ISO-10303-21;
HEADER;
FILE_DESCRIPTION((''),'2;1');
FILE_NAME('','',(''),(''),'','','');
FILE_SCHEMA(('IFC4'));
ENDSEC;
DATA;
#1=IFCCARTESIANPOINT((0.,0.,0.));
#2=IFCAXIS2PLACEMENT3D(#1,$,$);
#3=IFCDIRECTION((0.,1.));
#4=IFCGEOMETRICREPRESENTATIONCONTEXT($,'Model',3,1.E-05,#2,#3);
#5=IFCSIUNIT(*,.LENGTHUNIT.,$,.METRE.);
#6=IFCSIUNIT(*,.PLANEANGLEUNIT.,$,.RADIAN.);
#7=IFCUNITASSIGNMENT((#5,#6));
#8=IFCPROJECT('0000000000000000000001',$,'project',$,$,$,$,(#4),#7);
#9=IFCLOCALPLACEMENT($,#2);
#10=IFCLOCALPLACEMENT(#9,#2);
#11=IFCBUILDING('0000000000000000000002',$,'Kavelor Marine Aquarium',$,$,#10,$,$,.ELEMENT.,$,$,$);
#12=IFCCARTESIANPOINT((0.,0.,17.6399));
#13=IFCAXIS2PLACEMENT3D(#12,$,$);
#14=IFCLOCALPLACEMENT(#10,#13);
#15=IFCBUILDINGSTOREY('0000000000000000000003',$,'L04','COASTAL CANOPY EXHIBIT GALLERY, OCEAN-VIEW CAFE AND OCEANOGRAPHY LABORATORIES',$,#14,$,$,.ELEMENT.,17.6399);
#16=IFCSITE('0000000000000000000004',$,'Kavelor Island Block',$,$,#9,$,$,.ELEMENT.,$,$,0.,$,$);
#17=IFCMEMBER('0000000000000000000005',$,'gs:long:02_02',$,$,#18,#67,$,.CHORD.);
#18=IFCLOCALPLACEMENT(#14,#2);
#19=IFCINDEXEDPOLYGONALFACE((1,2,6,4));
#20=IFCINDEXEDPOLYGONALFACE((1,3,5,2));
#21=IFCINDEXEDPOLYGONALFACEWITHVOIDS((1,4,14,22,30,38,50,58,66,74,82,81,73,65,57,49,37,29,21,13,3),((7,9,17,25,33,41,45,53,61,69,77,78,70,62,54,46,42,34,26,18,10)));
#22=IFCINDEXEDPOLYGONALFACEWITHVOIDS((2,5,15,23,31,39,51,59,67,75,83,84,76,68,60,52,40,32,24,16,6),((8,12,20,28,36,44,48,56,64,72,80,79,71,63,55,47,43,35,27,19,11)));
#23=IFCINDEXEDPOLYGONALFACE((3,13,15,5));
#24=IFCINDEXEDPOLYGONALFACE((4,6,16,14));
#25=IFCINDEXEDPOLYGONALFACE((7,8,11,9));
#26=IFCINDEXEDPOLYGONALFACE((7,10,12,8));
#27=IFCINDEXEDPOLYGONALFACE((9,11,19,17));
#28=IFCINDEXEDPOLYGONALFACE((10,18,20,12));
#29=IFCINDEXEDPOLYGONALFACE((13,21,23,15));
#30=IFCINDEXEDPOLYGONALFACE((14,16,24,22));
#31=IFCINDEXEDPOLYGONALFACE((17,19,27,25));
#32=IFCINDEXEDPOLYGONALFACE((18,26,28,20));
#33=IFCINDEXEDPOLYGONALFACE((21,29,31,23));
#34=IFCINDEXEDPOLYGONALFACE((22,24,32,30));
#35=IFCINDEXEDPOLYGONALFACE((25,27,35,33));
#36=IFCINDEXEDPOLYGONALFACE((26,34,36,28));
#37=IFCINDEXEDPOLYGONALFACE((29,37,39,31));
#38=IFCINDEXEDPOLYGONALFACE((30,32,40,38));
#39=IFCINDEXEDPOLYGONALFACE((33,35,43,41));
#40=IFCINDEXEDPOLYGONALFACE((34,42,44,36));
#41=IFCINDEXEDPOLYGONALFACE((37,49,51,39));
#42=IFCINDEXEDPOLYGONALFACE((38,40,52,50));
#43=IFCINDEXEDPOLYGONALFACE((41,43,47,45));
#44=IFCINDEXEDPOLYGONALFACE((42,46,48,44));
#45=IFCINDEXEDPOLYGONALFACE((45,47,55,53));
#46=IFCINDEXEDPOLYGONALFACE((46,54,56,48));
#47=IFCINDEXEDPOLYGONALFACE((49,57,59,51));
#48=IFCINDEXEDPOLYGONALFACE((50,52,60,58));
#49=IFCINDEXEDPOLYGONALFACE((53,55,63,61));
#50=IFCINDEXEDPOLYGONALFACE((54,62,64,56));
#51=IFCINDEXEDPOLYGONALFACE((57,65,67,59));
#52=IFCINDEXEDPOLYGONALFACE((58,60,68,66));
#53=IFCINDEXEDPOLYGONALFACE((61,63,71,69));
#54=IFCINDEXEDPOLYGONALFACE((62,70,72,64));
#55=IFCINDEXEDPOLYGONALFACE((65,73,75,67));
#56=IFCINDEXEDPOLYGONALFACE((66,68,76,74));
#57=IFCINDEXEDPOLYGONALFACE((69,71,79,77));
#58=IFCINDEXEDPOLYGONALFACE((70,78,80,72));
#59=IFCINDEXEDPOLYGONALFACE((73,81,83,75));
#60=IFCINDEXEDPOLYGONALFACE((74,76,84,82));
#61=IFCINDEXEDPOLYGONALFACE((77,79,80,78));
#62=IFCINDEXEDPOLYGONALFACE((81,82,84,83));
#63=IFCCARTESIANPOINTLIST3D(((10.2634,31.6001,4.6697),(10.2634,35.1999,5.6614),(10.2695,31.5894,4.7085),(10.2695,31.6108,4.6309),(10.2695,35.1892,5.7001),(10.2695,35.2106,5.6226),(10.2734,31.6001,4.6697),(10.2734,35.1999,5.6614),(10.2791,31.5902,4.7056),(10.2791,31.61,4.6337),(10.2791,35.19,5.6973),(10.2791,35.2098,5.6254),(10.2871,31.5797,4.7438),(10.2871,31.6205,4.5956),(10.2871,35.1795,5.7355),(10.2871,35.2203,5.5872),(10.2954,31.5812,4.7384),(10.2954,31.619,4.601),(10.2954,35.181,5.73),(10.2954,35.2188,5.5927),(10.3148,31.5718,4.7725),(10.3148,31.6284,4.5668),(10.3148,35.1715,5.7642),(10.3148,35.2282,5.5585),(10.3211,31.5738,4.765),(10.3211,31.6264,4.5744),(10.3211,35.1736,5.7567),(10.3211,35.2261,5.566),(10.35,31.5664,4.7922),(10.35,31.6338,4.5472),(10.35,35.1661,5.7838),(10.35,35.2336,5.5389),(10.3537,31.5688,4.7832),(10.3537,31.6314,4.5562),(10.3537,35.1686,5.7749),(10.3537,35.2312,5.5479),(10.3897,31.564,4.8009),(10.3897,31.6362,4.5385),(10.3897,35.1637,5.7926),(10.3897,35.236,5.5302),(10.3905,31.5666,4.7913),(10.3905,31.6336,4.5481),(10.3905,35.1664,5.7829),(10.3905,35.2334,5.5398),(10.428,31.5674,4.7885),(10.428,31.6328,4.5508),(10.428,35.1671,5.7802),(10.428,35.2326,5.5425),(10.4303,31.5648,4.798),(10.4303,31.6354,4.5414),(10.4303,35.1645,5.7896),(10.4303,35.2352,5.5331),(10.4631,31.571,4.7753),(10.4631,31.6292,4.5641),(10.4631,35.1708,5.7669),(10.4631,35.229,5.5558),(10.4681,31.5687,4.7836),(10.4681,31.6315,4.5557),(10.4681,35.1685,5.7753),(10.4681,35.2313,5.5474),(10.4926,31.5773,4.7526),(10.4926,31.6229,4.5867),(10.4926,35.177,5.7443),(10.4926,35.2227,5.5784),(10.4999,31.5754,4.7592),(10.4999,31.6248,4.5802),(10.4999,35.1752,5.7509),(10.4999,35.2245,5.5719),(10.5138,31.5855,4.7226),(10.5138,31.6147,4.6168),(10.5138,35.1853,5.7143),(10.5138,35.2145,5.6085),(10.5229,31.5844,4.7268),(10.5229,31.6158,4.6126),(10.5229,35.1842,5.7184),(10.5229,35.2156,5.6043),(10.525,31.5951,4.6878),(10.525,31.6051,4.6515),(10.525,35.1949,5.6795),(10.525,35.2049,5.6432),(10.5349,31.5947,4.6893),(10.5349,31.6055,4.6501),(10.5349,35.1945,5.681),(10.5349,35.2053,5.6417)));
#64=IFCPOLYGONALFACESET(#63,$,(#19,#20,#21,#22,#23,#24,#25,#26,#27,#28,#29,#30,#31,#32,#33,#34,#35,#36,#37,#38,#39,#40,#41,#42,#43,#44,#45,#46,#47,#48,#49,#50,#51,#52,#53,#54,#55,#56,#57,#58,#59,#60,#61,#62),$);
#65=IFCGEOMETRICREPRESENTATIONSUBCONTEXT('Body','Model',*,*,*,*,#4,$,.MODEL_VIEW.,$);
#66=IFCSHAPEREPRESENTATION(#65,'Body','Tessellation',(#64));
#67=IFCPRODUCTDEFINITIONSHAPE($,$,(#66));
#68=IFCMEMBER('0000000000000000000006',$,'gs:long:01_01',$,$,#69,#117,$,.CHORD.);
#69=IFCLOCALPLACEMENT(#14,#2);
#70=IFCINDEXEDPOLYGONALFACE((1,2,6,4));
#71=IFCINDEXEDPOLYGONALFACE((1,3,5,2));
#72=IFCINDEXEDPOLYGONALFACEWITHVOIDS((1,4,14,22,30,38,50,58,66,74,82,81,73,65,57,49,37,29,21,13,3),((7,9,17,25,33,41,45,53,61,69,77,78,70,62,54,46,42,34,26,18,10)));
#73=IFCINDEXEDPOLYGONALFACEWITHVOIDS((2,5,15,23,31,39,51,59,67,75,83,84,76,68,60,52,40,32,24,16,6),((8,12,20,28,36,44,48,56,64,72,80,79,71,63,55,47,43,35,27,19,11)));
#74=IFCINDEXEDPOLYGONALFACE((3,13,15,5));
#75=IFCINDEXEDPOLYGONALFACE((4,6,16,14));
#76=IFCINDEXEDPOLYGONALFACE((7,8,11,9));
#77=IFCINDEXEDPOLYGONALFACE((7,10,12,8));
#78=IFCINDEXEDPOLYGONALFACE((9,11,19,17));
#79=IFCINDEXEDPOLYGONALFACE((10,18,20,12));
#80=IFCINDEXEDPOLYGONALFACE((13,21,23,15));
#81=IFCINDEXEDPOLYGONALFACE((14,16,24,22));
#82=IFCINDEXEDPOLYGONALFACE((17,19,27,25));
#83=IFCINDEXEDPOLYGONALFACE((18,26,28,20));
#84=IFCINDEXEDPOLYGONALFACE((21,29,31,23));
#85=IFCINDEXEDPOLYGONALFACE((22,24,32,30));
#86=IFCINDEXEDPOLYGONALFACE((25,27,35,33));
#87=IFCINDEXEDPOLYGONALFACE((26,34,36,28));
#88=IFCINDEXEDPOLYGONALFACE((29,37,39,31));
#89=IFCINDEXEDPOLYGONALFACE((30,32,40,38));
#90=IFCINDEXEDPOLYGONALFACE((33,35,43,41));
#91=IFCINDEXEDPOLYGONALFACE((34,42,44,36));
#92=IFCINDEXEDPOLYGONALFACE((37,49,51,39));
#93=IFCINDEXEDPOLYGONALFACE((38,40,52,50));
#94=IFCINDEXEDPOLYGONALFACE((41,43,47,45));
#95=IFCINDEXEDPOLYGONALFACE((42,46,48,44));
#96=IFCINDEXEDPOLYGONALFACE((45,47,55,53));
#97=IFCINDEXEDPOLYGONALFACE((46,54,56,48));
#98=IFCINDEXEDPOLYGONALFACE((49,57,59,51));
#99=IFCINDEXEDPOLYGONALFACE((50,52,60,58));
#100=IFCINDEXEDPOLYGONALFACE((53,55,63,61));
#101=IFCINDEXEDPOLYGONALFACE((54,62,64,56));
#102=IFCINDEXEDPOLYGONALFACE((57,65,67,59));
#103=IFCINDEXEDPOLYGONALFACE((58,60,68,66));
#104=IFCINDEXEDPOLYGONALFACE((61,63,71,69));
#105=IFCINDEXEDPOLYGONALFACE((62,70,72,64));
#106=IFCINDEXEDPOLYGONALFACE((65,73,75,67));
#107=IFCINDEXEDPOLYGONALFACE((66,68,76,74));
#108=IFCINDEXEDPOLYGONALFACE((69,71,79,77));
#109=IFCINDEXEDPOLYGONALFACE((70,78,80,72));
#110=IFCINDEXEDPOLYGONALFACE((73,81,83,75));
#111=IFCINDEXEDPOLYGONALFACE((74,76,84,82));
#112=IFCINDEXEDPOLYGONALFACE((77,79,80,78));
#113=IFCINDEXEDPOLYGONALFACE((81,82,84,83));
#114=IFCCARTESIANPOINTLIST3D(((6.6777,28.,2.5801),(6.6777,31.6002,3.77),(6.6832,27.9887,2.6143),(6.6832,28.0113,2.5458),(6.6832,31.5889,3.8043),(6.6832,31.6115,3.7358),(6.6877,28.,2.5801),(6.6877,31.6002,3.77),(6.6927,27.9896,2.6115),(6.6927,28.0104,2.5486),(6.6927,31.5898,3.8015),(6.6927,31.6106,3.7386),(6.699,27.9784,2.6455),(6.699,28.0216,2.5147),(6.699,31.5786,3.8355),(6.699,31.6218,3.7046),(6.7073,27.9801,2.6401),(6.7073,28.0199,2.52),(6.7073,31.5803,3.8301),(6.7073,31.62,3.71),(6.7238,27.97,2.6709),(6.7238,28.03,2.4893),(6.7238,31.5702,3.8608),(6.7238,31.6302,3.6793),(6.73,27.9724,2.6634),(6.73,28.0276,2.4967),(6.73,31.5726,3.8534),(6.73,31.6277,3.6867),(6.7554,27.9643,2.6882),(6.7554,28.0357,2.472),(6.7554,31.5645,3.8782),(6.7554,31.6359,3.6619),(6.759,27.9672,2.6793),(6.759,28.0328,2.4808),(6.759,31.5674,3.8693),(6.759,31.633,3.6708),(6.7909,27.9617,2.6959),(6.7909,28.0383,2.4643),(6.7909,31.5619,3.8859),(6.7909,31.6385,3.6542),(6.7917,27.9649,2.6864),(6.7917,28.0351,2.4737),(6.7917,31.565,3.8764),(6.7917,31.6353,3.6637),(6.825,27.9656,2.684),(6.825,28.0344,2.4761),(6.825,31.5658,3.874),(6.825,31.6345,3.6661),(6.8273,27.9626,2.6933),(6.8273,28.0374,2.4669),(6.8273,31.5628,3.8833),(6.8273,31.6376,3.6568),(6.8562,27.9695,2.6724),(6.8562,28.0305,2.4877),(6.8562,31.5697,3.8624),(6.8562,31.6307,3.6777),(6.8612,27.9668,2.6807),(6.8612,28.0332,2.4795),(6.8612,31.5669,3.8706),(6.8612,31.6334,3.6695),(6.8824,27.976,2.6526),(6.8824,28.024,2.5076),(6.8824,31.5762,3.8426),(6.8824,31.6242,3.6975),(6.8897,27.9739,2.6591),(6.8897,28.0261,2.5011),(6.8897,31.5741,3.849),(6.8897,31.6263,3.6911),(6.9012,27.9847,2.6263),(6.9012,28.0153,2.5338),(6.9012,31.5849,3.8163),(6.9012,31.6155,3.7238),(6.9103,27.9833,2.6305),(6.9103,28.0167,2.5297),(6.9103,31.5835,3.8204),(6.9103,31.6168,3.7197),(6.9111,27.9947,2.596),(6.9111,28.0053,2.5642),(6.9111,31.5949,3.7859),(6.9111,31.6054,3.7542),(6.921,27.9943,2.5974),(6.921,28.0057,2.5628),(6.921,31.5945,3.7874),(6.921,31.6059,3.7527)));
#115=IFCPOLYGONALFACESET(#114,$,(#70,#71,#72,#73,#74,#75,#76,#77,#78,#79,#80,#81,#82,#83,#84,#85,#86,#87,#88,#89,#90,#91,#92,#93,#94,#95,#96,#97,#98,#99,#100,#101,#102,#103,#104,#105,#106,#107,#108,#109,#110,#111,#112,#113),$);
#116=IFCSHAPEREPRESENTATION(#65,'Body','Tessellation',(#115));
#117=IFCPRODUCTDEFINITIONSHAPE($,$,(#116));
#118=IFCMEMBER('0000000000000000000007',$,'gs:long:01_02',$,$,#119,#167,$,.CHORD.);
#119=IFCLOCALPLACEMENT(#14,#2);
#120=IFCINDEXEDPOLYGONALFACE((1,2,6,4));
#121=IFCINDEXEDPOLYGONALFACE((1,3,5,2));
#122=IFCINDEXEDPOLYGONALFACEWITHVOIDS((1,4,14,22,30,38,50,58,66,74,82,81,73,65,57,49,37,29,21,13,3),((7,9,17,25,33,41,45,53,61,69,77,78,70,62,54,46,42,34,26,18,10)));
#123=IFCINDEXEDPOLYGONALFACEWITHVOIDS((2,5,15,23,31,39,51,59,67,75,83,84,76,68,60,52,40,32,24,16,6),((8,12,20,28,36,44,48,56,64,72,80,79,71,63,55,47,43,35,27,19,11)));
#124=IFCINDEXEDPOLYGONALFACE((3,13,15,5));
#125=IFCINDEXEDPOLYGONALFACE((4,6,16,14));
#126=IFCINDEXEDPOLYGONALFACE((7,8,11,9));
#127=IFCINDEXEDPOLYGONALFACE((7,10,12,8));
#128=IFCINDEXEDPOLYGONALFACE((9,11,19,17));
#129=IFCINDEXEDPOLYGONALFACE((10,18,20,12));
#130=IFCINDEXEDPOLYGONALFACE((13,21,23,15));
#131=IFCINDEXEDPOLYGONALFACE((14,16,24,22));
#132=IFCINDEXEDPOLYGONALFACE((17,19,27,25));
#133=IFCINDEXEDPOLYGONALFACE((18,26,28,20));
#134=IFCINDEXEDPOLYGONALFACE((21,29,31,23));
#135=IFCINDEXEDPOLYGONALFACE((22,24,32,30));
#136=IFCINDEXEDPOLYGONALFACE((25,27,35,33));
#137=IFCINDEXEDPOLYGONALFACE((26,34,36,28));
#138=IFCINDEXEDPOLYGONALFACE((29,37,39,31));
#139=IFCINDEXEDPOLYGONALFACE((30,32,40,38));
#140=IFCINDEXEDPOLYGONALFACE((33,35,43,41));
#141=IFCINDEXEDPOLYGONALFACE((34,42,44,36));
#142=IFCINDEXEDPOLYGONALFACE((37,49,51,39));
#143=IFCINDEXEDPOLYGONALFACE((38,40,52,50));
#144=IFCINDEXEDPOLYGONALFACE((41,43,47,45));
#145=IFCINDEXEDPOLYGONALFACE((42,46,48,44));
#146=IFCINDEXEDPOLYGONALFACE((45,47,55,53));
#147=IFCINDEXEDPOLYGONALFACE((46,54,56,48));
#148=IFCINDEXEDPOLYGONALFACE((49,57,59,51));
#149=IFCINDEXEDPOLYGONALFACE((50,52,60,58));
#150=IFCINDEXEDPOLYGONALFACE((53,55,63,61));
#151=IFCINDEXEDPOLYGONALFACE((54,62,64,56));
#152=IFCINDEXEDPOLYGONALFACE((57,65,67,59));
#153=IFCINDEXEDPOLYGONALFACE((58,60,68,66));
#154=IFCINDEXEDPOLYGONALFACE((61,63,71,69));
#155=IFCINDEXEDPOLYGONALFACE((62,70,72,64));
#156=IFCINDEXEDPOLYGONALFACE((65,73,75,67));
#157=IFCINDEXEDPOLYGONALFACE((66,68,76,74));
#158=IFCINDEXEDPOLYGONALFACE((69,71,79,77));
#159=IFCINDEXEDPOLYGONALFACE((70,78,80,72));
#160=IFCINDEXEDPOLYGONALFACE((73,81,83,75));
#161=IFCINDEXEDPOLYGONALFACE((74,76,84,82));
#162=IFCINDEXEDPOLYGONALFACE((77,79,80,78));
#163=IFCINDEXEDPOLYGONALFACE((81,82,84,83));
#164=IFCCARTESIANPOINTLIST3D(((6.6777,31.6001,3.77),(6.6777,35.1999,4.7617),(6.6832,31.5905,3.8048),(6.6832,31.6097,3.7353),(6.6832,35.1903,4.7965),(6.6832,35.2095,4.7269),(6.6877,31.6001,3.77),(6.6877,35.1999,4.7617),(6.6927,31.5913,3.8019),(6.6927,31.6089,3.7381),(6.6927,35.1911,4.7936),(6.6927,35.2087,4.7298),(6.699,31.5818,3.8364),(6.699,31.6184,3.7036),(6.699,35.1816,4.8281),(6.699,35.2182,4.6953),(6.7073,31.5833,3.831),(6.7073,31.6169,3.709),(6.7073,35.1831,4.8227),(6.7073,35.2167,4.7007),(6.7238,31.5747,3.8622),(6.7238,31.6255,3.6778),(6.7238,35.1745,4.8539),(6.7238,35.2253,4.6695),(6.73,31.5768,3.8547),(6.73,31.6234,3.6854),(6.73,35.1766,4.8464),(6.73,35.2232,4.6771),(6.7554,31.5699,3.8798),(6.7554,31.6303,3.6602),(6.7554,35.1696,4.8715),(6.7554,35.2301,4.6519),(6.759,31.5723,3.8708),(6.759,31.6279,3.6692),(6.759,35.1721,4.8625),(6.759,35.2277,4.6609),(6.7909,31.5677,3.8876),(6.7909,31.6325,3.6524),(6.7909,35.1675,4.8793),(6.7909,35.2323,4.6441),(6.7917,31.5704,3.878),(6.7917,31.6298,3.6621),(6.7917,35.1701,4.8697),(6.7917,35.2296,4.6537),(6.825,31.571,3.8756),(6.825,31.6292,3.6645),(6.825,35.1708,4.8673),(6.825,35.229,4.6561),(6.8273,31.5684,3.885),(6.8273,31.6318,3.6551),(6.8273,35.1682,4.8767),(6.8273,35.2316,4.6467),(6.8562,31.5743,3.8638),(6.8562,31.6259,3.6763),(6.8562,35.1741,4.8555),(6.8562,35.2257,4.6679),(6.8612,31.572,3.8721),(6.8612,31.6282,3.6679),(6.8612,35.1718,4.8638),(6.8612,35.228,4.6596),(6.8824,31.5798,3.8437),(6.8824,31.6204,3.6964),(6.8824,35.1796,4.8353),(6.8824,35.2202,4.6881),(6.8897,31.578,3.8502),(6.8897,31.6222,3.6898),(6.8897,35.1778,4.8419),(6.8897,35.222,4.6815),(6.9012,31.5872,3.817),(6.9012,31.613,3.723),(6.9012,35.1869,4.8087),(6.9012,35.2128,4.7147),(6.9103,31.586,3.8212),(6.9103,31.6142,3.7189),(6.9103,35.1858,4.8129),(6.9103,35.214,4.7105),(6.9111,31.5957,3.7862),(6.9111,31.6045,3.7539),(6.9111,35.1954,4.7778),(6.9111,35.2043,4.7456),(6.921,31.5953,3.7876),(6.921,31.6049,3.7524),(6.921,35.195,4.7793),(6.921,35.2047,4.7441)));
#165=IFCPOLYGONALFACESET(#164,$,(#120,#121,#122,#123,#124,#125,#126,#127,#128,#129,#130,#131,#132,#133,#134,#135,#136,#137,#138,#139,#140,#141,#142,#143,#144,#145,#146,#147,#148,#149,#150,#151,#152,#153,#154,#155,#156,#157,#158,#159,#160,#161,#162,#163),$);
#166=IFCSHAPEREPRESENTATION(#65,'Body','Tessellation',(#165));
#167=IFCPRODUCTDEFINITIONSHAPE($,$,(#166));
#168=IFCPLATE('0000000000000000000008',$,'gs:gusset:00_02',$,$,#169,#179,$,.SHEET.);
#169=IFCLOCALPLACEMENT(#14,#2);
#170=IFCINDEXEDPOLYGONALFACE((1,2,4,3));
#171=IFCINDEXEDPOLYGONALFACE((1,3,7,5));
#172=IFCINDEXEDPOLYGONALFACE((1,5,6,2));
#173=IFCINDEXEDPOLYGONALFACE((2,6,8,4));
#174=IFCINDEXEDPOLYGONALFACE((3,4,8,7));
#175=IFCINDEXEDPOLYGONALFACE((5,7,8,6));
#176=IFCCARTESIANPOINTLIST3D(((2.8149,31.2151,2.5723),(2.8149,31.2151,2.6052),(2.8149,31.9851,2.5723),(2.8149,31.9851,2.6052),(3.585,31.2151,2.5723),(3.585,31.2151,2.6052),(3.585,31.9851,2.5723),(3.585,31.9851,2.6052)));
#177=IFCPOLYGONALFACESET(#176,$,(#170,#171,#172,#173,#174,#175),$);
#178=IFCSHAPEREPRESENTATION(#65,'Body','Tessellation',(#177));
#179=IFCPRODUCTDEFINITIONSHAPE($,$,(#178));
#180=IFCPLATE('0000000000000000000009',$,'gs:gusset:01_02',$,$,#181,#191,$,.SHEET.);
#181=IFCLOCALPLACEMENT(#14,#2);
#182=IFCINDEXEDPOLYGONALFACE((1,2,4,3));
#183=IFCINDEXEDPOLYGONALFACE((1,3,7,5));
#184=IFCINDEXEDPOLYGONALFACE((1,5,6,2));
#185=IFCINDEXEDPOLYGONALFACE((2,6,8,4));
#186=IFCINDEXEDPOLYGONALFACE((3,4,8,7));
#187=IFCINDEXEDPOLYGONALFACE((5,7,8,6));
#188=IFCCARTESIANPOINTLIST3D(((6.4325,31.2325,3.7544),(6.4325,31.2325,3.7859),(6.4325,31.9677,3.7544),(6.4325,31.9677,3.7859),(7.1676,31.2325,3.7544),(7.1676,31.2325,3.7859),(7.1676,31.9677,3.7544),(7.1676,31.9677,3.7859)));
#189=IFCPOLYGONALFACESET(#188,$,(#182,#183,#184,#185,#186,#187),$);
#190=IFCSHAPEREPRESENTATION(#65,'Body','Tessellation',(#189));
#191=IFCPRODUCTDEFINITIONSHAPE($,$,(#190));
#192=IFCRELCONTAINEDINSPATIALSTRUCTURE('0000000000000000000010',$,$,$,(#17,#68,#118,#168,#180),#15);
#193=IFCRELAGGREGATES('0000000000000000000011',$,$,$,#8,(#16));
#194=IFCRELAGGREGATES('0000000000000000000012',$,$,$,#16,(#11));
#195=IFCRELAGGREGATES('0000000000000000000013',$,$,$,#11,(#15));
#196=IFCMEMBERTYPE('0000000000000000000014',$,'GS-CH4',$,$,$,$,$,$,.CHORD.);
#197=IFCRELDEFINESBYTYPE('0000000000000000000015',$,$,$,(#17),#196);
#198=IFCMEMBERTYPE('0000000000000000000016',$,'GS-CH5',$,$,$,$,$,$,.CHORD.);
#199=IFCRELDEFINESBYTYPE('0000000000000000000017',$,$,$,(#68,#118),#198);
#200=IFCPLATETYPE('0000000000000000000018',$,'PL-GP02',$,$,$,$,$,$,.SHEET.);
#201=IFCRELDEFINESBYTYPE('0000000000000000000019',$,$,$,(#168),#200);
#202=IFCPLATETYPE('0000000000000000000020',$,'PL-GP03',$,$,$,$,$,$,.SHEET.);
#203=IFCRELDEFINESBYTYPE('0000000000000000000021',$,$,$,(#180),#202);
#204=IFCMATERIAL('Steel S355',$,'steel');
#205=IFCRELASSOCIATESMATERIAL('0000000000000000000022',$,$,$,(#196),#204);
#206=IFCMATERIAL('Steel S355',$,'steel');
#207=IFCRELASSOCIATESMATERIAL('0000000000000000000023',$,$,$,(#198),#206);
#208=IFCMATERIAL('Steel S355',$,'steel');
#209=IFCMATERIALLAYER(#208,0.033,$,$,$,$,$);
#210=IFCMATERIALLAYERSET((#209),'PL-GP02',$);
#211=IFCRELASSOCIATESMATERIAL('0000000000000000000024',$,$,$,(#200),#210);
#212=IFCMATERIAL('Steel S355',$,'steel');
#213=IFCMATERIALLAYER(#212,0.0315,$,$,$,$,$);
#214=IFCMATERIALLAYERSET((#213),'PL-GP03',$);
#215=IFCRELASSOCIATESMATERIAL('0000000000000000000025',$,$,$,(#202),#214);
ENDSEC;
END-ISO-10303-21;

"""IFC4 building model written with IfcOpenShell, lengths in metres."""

from ifc_helpers import new_model, si_unit, direction, frame, origin, origin_2d, place, context, subcontext, project, spatial, rectangle, hollow_circle, extrude, material, layer, layer_set, material_profile, profile_set, type_object, element, save


model = new_model("IFC4")

# Units and contexts
model_context = context("Model", 3, precision=1e-05, world=origin(), true_north=direction((0.0, 1.0)))
body_context = subcontext(model_context, "Body", "Model", "MODEL_VIEW")
ifc_project = project(units=[si_unit("LENGTHUNIT", "METRE"), si_unit("PLANEANGLEUNIT", "RADIAN")], contexts=[model_context])

# Site, building, storey
site_placement = place(None, origin())
site = spatial("IfcSite", under=ifc_project, at=site_placement, Name="Kavelor Island Block", CompositionType="ELEMENT", RefElevation=0.0)
building_placement = place(site_placement, origin())
building = spatial("IfcBuilding", under=site, at=building_placement, Name="Kavelor Marine Aquarium", CompositionType="ELEMENT")
storey_placement = place(building_placement, frame((0.0, 0.0, 17.6399)))
storey = spatial("IfcBuildingStorey", under=building, at=storey_placement, Name="L04", Description="COASTAL CANOPY EXHIBIT GALLERY, OCEAN-VIEW CAFE AND OCEANOGRAPHY LABORATORIES", CompositionType="ELEMENT", Elevation=17.6399)

# Members
ifc_material_1 = material(Name="Steel S355", Category="steel")
ifc_material_profile_1 = material_profile(ifc_material_1, hollow_circle(Radius=0.1365, WallThickness=0.01, at=origin_2d()), Name="CHS 273.0x10.0")
ifc_profile_set_1 = profile_set([ifc_material_profile_1], Name="Steel S355")
member_type_1 = type_object("IfcMemberType", Name="GS-CH4", PredefinedType="CHORD", material=ifc_profile_set_1)
member_1_placement = place(storey_placement, frame((10.3999, 31.6001, 4.6697), z_axis=(0.0, 0.964086, 0.26559), x_axis=(-1.0, 0.0, 0.0)))
element("IfcMember", 1, at=member_1_placement, inside=storey, type_object=member_type_1, Name="gs:long:02_02", PredefinedType="CHORD", context=body_context, shape_type="SweptSolid", body=[
    extrude(hollow_circle(Radius=0.1365, WallThickness=0.01, at=origin_2d()), origin(), (0.0, 0.0, 1.0), 3.7339),
])
ifc_material_2 = material(Name="Steel S355", Category="steel")
ifc_material_profile_2 = material_profile(ifc_material_2, hollow_circle(Radius=0.1223, WallThickness=0.01, at=origin_2d()), Name="CHS 244.5x10.0")
ifc_profile_set_2 = profile_set([ifc_material_profile_2], Name="Steel S355")
member_type_2 = type_object("IfcMemberType", Name="GS-CH5", PredefinedType="CHORD", material=ifc_profile_set_2)
member_2_placement = place(storey_placement, frame((6.8, 28.0, 2.5801), z_axis=(0.0, 0.949479, 0.313831), x_axis=(-1.0, 0.0, 0.0)))
element("IfcMember", 2, at=member_2_placement, inside=storey, type_object=member_type_2, Name="gs:long:01_01", PredefinedType="CHORD", context=body_context, shape_type="SweptSolid", body=[
    extrude(hollow_circle(Radius=0.1223, WallThickness=0.01, at=origin_2d()), origin(), (0.0, 0.0, 1.0), 3.7917),
])
member_3_placement = place(storey_placement, frame((6.8, 31.6001, 3.77), z_axis=(0.0, 0.964086, 0.26559), x_axis=(-1.0, 0.0, 0.0)))
element("IfcMember", 3, at=member_3_placement, inside=storey, type_object=member_type_2, Name="gs:long:01_02", PredefinedType="CHORD", context=body_context, shape_type="SweptSolid", body=[
    extrude(hollow_circle(Radius=0.1223, WallThickness=0.01, at=origin_2d()), origin(), (0.0, 0.0, 1.0), 3.7339),
])

# Plates
ifc_material_3 = material(Name="Steel S355", Category="steel")
ifc_layer_1 = layer(ifc_material_3, 0.033)
ifc_layer_set_1 = layer_set([ifc_layer_1], Name="PL-GP02")
plate_type_1 = type_object("IfcPlateType", Name="PL-GP02", PredefinedType="SHEET", material=ifc_layer_set_1)
plate_1_placement = place(storey_placement, frame((3.2, 31.6001, 2.5723), z_axis=(0.0, 0.0, 1.0), x_axis=(1.0, 0.0, 0.0)))
element("IfcPlate", 4, at=plate_1_placement, inside=storey, type_object=plate_type_1, Name="gs:gusset:00_02", PredefinedType="SHEET", context=body_context, shape_type="SweptSolid", body=[
    extrude(rectangle(XDim=0.77, YDim=0.77, at=origin_2d()), origin(), (0.0, 0.0, 1.0), 0.033),
])
ifc_material_4 = material(Name="Steel S355", Category="steel")
ifc_layer_2 = layer(ifc_material_4, 0.0315)
ifc_layer_set_2 = layer_set([ifc_layer_2], Name="PL-GP03")
plate_type_2 = type_object("IfcPlateType", Name="PL-GP03", PredefinedType="SHEET", material=ifc_layer_set_2)
plate_2_placement = place(storey_placement, frame((6.8, 31.6001, 3.7544), z_axis=(0.0, 0.0, 1.0), x_axis=(1.0, 0.0, 0.0)))
element("IfcPlate", 5, at=plate_2_placement, inside=storey, type_object=plate_type_2, Name="gs:gusset:01_02", PredefinedType="SHEET", context=body_context, shape_type="SweptSolid", body=[
    extrude(rectangle(XDim=0.7351, YDim=0.7351, at=origin_2d()), origin(), (0.0, 0.0, 1.0), 0.0315),
])

save(model, "model.ifc")
